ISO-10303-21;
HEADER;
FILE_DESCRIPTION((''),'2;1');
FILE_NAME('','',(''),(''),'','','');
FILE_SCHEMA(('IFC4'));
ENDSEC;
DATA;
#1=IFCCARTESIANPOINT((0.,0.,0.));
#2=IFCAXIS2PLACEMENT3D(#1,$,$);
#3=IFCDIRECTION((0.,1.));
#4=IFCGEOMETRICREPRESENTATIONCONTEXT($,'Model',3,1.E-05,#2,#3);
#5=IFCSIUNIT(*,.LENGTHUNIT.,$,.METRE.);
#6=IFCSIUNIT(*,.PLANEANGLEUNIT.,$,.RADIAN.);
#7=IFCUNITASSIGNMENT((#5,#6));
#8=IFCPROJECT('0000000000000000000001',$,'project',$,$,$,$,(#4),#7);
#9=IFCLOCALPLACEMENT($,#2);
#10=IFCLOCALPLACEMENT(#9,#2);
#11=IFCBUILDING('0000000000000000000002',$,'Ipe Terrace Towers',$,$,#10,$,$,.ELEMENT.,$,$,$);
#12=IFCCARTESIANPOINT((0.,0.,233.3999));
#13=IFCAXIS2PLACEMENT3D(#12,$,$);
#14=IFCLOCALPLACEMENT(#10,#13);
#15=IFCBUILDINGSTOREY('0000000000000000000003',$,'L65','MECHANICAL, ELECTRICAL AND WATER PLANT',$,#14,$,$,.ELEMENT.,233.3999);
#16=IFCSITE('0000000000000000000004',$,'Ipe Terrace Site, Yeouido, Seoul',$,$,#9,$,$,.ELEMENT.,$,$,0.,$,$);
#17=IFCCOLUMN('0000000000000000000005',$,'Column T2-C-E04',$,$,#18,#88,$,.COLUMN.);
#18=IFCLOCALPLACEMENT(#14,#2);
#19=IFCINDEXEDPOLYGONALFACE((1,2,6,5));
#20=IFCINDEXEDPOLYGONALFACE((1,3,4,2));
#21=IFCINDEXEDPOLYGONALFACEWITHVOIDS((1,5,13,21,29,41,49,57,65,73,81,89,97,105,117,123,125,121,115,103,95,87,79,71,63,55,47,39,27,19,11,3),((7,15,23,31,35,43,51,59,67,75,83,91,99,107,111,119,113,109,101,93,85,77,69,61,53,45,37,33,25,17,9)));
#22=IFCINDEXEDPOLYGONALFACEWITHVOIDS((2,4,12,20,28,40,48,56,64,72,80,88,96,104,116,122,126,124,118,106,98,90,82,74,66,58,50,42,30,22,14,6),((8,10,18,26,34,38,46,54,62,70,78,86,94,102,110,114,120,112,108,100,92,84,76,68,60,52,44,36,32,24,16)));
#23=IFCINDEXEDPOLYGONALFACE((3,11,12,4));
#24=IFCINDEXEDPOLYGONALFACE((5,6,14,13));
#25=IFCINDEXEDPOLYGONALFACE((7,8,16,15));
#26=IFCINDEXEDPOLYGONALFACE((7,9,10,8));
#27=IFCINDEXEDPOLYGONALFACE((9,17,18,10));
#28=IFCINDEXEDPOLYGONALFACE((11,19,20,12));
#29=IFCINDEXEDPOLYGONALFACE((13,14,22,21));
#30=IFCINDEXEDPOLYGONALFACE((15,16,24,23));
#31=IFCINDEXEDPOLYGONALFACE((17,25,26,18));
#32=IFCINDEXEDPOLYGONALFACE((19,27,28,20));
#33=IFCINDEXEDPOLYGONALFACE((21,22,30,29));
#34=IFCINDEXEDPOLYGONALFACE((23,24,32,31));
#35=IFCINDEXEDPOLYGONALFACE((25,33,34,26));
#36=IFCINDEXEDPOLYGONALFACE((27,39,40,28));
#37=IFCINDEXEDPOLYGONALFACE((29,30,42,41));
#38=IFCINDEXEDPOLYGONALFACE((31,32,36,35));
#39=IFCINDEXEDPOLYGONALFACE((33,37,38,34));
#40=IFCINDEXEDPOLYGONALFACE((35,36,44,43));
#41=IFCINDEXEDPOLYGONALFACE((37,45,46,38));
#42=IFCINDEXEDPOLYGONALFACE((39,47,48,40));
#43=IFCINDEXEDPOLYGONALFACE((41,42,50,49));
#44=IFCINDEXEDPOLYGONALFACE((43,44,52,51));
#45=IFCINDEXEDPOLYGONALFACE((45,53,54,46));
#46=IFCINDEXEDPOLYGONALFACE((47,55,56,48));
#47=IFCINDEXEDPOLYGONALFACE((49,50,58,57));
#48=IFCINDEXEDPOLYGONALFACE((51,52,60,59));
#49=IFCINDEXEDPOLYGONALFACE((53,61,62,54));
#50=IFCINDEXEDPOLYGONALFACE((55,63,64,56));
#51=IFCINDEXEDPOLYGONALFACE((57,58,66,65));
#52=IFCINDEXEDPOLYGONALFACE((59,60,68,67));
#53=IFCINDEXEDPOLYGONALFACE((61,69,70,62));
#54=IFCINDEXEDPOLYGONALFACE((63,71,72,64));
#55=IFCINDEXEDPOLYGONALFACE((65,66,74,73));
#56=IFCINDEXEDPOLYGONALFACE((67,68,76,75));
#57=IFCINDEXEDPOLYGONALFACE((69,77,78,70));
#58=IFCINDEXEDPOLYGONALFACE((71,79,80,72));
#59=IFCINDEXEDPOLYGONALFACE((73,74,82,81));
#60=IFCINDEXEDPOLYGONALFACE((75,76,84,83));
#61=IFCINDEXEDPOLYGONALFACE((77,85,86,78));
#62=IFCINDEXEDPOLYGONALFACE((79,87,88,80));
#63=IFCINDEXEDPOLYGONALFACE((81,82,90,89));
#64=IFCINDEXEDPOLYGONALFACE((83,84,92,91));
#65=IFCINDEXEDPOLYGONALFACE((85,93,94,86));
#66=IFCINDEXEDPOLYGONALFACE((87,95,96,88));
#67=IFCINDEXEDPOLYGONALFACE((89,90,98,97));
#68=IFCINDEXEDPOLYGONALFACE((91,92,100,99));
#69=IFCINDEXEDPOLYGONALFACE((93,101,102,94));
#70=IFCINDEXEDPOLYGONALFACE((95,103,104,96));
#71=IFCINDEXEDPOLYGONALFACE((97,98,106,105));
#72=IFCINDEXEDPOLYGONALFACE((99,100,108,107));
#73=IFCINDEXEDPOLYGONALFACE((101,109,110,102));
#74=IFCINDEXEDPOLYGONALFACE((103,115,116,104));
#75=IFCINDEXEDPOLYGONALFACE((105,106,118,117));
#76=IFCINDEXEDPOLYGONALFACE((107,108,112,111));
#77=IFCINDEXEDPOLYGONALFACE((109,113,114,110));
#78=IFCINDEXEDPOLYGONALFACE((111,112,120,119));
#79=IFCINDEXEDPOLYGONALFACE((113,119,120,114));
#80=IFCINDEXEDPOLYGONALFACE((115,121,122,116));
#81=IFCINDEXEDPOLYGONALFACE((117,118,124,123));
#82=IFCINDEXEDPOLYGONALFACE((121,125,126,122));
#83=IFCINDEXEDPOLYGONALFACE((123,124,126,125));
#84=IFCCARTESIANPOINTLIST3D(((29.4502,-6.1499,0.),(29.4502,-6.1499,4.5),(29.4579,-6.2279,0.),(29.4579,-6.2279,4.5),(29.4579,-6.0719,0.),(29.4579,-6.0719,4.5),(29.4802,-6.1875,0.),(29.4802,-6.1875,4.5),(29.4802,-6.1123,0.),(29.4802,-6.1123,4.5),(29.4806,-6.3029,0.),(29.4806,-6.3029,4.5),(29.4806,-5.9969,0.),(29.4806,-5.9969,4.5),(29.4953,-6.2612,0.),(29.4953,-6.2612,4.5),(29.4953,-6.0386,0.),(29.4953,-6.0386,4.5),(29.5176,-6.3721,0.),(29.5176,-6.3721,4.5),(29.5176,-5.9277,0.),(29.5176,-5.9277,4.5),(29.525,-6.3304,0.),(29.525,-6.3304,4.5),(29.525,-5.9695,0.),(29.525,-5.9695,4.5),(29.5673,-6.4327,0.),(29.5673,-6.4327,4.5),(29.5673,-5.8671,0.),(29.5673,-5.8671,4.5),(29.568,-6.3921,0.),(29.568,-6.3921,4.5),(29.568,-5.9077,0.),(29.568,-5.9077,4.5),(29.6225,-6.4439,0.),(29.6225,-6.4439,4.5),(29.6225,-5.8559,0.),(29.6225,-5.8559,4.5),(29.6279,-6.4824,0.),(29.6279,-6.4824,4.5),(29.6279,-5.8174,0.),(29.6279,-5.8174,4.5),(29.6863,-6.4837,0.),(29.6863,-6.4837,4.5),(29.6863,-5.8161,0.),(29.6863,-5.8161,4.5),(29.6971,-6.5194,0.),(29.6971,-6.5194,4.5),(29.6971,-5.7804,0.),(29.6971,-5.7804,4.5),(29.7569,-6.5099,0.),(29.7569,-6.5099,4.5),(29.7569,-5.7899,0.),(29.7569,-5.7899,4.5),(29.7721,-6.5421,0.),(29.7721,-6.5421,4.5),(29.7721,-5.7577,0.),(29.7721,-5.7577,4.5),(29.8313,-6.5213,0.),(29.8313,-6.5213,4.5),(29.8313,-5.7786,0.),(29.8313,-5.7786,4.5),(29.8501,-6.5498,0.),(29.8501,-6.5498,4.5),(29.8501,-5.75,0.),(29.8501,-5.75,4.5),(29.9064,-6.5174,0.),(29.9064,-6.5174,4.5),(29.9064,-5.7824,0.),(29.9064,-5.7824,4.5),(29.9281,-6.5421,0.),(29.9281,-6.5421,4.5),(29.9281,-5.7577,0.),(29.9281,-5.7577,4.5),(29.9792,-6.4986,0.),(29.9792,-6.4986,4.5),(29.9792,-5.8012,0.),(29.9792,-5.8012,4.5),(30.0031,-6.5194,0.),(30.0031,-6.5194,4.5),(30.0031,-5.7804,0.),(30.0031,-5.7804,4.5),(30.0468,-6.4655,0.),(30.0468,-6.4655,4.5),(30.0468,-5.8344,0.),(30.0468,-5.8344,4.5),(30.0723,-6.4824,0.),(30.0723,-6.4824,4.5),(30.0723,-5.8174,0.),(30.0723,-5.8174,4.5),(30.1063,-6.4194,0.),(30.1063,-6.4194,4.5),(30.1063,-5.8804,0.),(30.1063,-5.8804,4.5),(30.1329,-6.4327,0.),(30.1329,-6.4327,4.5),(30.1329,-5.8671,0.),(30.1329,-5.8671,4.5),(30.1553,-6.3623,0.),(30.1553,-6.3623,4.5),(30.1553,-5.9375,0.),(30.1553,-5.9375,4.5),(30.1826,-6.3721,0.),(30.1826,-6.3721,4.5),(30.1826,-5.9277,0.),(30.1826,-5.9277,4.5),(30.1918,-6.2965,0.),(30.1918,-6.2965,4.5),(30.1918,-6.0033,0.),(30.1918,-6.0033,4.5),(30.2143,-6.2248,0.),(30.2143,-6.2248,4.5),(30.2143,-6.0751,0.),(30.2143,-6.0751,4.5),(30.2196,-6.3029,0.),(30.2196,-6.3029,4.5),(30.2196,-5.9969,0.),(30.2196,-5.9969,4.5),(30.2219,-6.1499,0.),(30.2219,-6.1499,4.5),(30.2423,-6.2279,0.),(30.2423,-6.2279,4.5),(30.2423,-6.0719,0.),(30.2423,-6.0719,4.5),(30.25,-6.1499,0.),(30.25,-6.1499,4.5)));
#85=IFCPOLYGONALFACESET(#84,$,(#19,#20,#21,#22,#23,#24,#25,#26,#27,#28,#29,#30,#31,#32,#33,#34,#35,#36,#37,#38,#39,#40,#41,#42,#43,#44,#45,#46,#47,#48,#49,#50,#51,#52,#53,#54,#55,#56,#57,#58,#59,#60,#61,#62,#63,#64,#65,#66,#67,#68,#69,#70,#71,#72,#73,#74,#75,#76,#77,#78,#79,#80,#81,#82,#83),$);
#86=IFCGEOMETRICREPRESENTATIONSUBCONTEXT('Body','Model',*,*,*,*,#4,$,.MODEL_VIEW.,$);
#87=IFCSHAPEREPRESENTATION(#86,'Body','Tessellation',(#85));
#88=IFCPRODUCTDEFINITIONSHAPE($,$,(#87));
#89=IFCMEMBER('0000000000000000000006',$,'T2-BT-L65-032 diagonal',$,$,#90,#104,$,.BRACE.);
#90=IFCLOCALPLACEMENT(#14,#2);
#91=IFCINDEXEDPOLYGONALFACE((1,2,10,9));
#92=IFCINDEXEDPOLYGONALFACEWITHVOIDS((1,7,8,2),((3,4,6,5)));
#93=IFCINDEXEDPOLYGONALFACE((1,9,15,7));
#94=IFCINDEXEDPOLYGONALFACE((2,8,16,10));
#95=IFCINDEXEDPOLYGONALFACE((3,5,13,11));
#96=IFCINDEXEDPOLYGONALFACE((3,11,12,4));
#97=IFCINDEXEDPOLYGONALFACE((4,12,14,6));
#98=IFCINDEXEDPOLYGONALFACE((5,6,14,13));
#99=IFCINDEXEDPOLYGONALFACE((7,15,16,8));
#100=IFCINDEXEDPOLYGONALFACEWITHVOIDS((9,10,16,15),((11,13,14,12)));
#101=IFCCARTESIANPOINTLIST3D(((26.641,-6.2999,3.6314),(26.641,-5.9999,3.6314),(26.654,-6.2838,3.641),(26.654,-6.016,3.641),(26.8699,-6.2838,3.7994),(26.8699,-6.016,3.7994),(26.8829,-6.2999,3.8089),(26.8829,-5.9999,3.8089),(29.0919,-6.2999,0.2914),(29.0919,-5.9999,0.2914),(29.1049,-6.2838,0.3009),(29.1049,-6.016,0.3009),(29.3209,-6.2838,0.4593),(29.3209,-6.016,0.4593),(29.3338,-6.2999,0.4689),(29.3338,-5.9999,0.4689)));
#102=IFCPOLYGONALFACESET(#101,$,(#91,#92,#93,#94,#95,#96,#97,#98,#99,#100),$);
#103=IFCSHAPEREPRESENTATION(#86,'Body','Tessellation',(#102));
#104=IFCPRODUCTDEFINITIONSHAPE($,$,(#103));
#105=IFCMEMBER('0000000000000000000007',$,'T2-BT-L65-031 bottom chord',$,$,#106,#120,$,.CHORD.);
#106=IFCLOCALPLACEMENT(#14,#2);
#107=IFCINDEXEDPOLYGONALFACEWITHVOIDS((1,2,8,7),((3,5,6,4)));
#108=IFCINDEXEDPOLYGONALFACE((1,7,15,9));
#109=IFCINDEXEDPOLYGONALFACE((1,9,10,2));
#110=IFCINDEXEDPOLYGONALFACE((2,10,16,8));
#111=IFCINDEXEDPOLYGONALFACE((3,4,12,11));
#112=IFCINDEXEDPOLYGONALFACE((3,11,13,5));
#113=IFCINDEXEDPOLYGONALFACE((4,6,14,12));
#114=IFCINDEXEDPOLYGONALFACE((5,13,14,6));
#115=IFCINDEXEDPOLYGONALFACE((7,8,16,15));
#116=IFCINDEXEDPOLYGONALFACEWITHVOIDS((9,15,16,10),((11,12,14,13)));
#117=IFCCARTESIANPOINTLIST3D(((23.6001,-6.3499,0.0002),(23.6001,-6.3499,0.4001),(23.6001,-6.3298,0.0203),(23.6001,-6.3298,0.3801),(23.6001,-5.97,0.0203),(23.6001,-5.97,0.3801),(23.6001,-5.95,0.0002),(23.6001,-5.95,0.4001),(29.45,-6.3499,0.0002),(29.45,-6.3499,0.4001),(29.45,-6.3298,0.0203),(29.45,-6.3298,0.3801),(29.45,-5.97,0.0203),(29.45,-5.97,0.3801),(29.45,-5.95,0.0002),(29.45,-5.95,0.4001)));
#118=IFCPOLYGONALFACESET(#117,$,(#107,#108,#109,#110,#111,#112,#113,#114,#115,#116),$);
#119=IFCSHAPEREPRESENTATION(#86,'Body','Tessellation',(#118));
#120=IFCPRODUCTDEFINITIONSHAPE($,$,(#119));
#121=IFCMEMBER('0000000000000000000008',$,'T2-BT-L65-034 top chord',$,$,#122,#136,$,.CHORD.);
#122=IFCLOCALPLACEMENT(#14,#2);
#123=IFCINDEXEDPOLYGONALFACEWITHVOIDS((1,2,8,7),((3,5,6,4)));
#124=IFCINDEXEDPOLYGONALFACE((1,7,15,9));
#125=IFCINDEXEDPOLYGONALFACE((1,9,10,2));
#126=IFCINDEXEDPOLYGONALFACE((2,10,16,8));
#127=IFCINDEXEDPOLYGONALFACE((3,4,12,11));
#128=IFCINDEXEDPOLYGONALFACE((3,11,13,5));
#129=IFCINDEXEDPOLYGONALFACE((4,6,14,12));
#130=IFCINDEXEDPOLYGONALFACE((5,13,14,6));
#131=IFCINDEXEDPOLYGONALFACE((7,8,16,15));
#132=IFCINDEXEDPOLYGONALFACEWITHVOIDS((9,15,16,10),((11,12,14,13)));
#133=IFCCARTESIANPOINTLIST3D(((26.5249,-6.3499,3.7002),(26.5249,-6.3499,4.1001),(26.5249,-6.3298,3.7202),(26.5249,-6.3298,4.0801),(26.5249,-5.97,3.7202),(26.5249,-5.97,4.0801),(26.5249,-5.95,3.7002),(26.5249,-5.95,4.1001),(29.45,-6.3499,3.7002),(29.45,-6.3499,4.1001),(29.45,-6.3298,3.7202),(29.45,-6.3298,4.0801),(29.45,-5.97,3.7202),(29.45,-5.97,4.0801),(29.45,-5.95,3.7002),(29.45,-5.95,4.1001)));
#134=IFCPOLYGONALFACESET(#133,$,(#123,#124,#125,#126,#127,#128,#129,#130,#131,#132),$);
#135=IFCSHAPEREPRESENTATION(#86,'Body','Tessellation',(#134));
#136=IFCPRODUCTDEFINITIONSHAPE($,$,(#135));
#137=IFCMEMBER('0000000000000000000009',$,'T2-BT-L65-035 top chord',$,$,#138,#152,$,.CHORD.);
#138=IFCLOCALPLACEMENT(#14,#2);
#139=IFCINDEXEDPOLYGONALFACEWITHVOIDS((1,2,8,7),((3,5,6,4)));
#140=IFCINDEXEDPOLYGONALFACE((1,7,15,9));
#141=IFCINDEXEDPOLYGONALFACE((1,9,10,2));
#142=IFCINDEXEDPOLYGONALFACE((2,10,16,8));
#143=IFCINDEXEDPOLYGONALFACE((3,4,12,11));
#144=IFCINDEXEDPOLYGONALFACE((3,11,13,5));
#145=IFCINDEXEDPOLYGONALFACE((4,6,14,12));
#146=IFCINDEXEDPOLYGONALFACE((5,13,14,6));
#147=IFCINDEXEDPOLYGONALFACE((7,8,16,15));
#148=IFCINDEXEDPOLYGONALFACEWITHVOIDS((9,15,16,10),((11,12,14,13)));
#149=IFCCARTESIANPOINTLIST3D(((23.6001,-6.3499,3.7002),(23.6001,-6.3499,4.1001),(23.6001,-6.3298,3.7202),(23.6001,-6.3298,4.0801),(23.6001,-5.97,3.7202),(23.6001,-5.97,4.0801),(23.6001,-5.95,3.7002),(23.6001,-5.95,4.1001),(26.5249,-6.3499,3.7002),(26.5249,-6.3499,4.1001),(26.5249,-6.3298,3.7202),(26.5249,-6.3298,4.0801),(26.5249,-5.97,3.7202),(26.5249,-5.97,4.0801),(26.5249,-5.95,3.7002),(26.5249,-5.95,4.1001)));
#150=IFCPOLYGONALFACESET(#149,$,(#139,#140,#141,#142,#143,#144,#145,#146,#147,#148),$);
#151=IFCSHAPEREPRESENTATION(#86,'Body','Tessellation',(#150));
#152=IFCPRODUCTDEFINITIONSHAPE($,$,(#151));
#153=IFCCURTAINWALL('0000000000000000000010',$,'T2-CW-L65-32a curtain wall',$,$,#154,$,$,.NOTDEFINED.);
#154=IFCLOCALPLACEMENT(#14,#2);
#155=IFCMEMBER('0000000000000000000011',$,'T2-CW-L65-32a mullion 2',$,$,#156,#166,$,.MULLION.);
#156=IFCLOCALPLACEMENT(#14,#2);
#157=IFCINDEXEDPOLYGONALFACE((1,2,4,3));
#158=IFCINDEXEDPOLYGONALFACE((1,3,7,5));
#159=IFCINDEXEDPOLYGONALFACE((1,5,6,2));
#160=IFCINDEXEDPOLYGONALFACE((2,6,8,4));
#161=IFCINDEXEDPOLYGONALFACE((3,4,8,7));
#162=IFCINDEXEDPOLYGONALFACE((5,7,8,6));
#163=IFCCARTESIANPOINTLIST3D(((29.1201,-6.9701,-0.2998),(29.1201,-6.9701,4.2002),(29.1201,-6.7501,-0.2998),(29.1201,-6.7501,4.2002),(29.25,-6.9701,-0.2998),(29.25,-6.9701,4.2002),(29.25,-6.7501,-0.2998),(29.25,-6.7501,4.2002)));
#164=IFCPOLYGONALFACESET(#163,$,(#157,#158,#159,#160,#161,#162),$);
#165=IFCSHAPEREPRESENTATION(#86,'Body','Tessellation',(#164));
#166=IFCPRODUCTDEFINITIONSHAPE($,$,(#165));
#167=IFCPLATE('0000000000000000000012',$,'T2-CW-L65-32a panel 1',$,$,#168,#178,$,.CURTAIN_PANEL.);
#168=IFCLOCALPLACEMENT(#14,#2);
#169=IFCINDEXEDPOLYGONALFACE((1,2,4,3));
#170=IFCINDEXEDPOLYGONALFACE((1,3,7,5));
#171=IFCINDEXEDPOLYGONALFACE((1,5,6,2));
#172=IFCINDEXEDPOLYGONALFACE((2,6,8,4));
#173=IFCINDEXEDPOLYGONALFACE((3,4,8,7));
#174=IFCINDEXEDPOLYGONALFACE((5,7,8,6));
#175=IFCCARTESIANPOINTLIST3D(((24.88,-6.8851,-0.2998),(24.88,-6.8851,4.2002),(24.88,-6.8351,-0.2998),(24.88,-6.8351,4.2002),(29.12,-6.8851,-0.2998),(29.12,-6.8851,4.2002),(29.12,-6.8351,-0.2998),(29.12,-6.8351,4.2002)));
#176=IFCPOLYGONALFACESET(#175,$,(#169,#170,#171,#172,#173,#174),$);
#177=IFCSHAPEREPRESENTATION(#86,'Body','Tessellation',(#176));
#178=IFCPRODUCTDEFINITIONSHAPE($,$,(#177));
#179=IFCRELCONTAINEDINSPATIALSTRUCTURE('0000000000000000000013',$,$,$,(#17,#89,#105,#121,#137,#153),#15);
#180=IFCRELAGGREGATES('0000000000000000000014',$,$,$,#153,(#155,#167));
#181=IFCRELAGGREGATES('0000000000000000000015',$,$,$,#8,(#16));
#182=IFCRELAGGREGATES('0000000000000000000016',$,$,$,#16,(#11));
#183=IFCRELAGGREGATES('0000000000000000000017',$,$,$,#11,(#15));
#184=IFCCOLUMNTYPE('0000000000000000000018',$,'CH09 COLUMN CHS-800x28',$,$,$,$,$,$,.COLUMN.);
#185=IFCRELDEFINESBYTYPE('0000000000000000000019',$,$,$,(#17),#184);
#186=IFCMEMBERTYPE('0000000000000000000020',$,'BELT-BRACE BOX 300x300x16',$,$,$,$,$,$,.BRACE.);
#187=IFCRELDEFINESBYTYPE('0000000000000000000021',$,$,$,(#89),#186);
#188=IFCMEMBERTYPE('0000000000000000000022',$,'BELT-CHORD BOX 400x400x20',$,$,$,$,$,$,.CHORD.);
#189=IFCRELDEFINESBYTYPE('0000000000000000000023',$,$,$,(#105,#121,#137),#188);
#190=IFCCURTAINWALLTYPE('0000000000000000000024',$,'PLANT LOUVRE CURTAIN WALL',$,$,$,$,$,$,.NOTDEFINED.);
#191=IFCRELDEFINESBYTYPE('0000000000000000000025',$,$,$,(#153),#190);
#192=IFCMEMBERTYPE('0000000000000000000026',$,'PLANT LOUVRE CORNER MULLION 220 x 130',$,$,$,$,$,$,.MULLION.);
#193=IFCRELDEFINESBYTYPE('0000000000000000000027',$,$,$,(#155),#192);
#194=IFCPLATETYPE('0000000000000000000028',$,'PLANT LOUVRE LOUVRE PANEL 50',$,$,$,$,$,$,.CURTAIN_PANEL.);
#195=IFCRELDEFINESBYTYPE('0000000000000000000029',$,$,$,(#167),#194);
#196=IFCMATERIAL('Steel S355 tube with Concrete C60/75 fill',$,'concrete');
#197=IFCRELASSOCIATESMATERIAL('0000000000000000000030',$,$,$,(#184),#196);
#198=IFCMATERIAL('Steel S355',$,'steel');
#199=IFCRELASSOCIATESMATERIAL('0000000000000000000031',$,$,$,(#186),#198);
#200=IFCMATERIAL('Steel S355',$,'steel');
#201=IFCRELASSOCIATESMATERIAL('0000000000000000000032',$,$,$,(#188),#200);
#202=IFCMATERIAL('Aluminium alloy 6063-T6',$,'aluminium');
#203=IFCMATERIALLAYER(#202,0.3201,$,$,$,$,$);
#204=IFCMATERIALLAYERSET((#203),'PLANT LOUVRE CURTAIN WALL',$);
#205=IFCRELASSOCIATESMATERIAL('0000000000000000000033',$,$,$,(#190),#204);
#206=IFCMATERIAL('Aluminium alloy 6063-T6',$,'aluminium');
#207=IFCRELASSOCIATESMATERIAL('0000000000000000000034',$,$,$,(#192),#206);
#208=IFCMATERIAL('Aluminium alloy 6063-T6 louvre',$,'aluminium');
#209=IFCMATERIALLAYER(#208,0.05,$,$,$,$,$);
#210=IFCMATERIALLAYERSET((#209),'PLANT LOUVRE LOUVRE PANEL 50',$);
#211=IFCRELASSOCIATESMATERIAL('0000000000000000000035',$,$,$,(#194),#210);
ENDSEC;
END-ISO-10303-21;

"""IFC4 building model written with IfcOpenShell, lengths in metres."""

from ifc_helpers import new_model, si_unit, direction, frame, origin, origin_2d, place, context, subcontext, project, spatial, rectangle, hollow_rectangle, hollow_circle, extrude, material, layer, layer_set, material_profile, profile_set, type_object, element, aggregate, save


model = new_model("IFC4")

# Units and contexts
model_context = context("Model", 3, precision=1e-05, world=origin(), true_north=direction((0.0, 1.0)))
body_context = subcontext(model_context, "Body", "Model", "MODEL_VIEW")
ifc_project = project(units=[si_unit("LENGTHUNIT", "METRE"), si_unit("PLANEANGLEUNIT", "RADIAN")], contexts=[model_context])

# Site, building, storey
site_placement = place(None, origin())
site = spatial("IfcSite", under=ifc_project, at=site_placement, Name="Ipe Terrace Site, Yeouido, Seoul", CompositionType="ELEMENT", RefElevation=0.0)
building_placement = place(site_placement, origin())
building = spatial("IfcBuilding", under=site, at=building_placement, Name="Ipe Terrace Towers", CompositionType="ELEMENT")
storey_placement = place(building_placement, frame((0.0, 0.0, 233.3999)))
storey = spatial("IfcBuildingStorey", under=building, at=storey_placement, Name="L65", Description="MECHANICAL, ELECTRICAL AND WATER PLANT", CompositionType="ELEMENT", Elevation=233.3999)

# Column
ifc_material_1 = material(Name="Steel S355 tube with Concrete C60/75 fill", Category="concrete")
ifc_material_profile_1 = material_profile(ifc_material_1, hollow_circle(Radius=0.3999, WallThickness=0.0281, at=origin_2d()), Name="CHS-800x28")
ifc_profile_set_1 = profile_set([ifc_material_profile_1], Name="Steel S355 tube with Concrete C60/75 fill")
column_type = type_object("IfcColumnType", Name="CH09 COLUMN CHS-800x28", PredefinedType="COLUMN", material=ifc_profile_set_1)
column_placement = place(storey_placement, frame((29.8501, -6.1499, 0.0), z_axis=(0.0, 0.0, 1.0), x_axis=(1.0, 0.0, 0.0)))
element("IfcColumn", 1, at=column_placement, inside=storey, type_object=column_type, Name="Column T2-C-E04", PredefinedType="COLUMN", context=body_context, shape_type="SweptSolid", body=[
    extrude(hollow_circle(Radius=0.3999, WallThickness=0.0281, at=origin_2d()), origin(), (0.0, 0.0, 1.0), 4.5),
])

# Members
ifc_material_2 = material(Name="Steel S355", Category="steel")
ifc_material_profile_2 = material_profile(ifc_material_2, hollow_rectangle(XDim=0.3, YDim=0.3, WallThickness=0.0161, at=origin_2d()), Name="BELT-BRACE BOX 300x300x16")
ifc_profile_set_2 = profile_set([ifc_material_profile_2], Name="Steel S355")
member_type_1 = type_object("IfcMemberType", Name="BELT-BRACE BOX 300x300x16", PredefinedType="BRACE", material=ifc_profile_set_2)
member_1_placement = place(storey_placement, frame((29.2129, -6.1499, 0.3801), z_axis=(-0.591604, 0.0, 0.806229), x_axis=(0.0, -1.0, 0.0)))
element("IfcMember", 2, at=member_1_placement, inside=storey, type_object=member_type_1, Name="T2-BT-L65-032 diagonal", PredefinedType="BRACE", context=body_context, shape_type="SweptSolid", body=[
    extrude(hollow_rectangle(XDim=0.3, YDim=0.3, WallThickness=0.0161, at=origin_2d()), origin(), (0.0, 0.0, 1.0), 4.1428),
])
ifc_material_3 = material(Name="Steel S355", Category="steel")
ifc_material_profile_3 = material_profile(ifc_material_3, hollow_rectangle(XDim=0.3999, YDim=0.3999, WallThickness=0.02, at=origin_2d()), Name="BELT-CHORD BOX 400x400x20")
ifc_profile_set_3 = profile_set([ifc_material_profile_3], Name="Steel S355")
member_type_2 = type_object("IfcMemberType", Name="BELT-CHORD BOX 400x400x20", PredefinedType="CHORD", material=ifc_profile_set_3)
member_2_placement = place(storey_placement, frame((29.45, -6.1499, 0.2002), z_axis=(-1.0, 0.0, 0.0), x_axis=(0.0, -1.0, 0.0)))
element("IfcMember", 3, at=member_2_placement, inside=storey, type_object=member_type_2, Name="T2-BT-L65-031 bottom chord", PredefinedType="CHORD", context=body_context, shape_type="SweptSolid", body=[
    extrude(hollow_rectangle(XDim=0.3999, YDim=0.3999, WallThickness=0.02, at=origin_2d()), origin(), (0.0, 0.0, 1.0), 5.8499),
])
member_3_placement = place(storey_placement, frame((29.45, -6.1499, 3.9001), z_axis=(-1.0, 0.0, 0.0), x_axis=(0.0, -1.0, 0.0)))
element("IfcMember", 4, at=member_3_placement, inside=storey, type_object=member_type_2, Name="T2-BT-L65-034 top chord", PredefinedType="CHORD", context=body_context, shape_type="SweptSolid", body=[
    extrude(hollow_rectangle(XDim=0.3999, YDim=0.3999, WallThickness=0.02, at=origin_2d()), origin(), (0.0, 0.0, 1.0), 2.925),
])
member_4_placement = place(storey_placement, frame((26.5249, -6.1499, 3.9001), z_axis=(-1.0, 0.0, 0.0), x_axis=(0.0, -1.0, 0.0)))
element("IfcMember", 5, at=member_4_placement, inside=storey, type_object=member_type_2, Name="T2-BT-L65-035 top chord", PredefinedType="CHORD", context=body_context, shape_type="SweptSolid", body=[
    extrude(hollow_rectangle(XDim=0.3999, YDim=0.3999, WallThickness=0.02, at=origin_2d()), origin(), (0.0, 0.0, 1.0), 2.9248),
])

# Curtain wall, member, plate
ifc_material_4 = material(Name="Aluminium alloy 6063-T6", Category="aluminium")
ifc_layer_1 = layer(ifc_material_4, 0.3201)
ifc_layer_set_1 = layer_set([ifc_layer_1], Name="PLANT LOUVRE CURTAIN WALL")
curtain_wall_type = type_object("IfcCurtainWallType", Name="PLANT LOUVRE CURTAIN WALL", PredefinedType="NOTDEFINED", material=ifc_layer_set_1)
curtain_wall_placement = place(storey_placement, origin())
curtain_wall = element("IfcCurtainWall", 6, at=curtain_wall_placement, inside=storey, type_object=curtain_wall_type, Name="T2-CW-L65-32a curtain wall", PredefinedType="NOTDEFINED")
ifc_material_5 = material(Name="Aluminium alloy 6063-T6", Category="aluminium")
ifc_material_profile_4 = material_profile(ifc_material_5, rectangle(XDim=0.22, YDim=0.1299, at=origin_2d()), Name="PLANT LOUVRE CORNER MULLION 220 x 130")
ifc_profile_set_4 = profile_set([ifc_material_profile_4], Name="Aluminium alloy 6063-T6")
member_type_3 = type_object("IfcMemberType", Name="PLANT LOUVRE CORNER MULLION 220 x 130", PredefinedType="MULLION", material=ifc_profile_set_4)
member_5_placement = place(storey_placement, frame((29.1851, -6.8601, -0.2998), z_axis=(0.0, 0.0, 1.0), x_axis=(0.0, -1.0, 0.0)))
member_5 = element("IfcMember", 7, at=member_5_placement, type_object=member_type_3, Name="T2-CW-L65-32a mullion 2", PredefinedType="MULLION", context=body_context, shape_type="SweptSolid", body=[
    extrude(rectangle(XDim=0.22, YDim=0.1299, at=origin_2d()), origin(), (0.0, 0.0, 1.0), 4.5),
])
ifc_material_6 = material(Name="Aluminium alloy 6063-T6 louvre", Category="aluminium")
ifc_layer_2 = layer(ifc_material_6, 0.05)
ifc_layer_set_2 = layer_set([ifc_layer_2], Name="PLANT LOUVRE LOUVRE PANEL 50")
plate_type = type_object("IfcPlateType", Name="PLANT LOUVRE LOUVRE PANEL 50", PredefinedType="CURTAIN_PANEL", material=ifc_layer_set_2)
plate_placement = place(storey_placement, frame((27.0, -6.8601, -0.2998), z_axis=(0.0, 0.0, 1.0), x_axis=(1.0, 0.0, 0.0)))
plate = element("IfcPlate", 8, at=plate_placement, type_object=plate_type, Name="T2-CW-L65-32a panel 1", PredefinedType="CURTAIN_PANEL", context=body_context, shape_type="SweptSolid", body=[
    extrude(rectangle(XDim=4.24, YDim=0.05, at=origin_2d()), origin(), (0.0, 0.0, 1.0), 4.5),
])
aggregate(curtain_wall, [member_5, plate])

save(model, "model.ifc")
